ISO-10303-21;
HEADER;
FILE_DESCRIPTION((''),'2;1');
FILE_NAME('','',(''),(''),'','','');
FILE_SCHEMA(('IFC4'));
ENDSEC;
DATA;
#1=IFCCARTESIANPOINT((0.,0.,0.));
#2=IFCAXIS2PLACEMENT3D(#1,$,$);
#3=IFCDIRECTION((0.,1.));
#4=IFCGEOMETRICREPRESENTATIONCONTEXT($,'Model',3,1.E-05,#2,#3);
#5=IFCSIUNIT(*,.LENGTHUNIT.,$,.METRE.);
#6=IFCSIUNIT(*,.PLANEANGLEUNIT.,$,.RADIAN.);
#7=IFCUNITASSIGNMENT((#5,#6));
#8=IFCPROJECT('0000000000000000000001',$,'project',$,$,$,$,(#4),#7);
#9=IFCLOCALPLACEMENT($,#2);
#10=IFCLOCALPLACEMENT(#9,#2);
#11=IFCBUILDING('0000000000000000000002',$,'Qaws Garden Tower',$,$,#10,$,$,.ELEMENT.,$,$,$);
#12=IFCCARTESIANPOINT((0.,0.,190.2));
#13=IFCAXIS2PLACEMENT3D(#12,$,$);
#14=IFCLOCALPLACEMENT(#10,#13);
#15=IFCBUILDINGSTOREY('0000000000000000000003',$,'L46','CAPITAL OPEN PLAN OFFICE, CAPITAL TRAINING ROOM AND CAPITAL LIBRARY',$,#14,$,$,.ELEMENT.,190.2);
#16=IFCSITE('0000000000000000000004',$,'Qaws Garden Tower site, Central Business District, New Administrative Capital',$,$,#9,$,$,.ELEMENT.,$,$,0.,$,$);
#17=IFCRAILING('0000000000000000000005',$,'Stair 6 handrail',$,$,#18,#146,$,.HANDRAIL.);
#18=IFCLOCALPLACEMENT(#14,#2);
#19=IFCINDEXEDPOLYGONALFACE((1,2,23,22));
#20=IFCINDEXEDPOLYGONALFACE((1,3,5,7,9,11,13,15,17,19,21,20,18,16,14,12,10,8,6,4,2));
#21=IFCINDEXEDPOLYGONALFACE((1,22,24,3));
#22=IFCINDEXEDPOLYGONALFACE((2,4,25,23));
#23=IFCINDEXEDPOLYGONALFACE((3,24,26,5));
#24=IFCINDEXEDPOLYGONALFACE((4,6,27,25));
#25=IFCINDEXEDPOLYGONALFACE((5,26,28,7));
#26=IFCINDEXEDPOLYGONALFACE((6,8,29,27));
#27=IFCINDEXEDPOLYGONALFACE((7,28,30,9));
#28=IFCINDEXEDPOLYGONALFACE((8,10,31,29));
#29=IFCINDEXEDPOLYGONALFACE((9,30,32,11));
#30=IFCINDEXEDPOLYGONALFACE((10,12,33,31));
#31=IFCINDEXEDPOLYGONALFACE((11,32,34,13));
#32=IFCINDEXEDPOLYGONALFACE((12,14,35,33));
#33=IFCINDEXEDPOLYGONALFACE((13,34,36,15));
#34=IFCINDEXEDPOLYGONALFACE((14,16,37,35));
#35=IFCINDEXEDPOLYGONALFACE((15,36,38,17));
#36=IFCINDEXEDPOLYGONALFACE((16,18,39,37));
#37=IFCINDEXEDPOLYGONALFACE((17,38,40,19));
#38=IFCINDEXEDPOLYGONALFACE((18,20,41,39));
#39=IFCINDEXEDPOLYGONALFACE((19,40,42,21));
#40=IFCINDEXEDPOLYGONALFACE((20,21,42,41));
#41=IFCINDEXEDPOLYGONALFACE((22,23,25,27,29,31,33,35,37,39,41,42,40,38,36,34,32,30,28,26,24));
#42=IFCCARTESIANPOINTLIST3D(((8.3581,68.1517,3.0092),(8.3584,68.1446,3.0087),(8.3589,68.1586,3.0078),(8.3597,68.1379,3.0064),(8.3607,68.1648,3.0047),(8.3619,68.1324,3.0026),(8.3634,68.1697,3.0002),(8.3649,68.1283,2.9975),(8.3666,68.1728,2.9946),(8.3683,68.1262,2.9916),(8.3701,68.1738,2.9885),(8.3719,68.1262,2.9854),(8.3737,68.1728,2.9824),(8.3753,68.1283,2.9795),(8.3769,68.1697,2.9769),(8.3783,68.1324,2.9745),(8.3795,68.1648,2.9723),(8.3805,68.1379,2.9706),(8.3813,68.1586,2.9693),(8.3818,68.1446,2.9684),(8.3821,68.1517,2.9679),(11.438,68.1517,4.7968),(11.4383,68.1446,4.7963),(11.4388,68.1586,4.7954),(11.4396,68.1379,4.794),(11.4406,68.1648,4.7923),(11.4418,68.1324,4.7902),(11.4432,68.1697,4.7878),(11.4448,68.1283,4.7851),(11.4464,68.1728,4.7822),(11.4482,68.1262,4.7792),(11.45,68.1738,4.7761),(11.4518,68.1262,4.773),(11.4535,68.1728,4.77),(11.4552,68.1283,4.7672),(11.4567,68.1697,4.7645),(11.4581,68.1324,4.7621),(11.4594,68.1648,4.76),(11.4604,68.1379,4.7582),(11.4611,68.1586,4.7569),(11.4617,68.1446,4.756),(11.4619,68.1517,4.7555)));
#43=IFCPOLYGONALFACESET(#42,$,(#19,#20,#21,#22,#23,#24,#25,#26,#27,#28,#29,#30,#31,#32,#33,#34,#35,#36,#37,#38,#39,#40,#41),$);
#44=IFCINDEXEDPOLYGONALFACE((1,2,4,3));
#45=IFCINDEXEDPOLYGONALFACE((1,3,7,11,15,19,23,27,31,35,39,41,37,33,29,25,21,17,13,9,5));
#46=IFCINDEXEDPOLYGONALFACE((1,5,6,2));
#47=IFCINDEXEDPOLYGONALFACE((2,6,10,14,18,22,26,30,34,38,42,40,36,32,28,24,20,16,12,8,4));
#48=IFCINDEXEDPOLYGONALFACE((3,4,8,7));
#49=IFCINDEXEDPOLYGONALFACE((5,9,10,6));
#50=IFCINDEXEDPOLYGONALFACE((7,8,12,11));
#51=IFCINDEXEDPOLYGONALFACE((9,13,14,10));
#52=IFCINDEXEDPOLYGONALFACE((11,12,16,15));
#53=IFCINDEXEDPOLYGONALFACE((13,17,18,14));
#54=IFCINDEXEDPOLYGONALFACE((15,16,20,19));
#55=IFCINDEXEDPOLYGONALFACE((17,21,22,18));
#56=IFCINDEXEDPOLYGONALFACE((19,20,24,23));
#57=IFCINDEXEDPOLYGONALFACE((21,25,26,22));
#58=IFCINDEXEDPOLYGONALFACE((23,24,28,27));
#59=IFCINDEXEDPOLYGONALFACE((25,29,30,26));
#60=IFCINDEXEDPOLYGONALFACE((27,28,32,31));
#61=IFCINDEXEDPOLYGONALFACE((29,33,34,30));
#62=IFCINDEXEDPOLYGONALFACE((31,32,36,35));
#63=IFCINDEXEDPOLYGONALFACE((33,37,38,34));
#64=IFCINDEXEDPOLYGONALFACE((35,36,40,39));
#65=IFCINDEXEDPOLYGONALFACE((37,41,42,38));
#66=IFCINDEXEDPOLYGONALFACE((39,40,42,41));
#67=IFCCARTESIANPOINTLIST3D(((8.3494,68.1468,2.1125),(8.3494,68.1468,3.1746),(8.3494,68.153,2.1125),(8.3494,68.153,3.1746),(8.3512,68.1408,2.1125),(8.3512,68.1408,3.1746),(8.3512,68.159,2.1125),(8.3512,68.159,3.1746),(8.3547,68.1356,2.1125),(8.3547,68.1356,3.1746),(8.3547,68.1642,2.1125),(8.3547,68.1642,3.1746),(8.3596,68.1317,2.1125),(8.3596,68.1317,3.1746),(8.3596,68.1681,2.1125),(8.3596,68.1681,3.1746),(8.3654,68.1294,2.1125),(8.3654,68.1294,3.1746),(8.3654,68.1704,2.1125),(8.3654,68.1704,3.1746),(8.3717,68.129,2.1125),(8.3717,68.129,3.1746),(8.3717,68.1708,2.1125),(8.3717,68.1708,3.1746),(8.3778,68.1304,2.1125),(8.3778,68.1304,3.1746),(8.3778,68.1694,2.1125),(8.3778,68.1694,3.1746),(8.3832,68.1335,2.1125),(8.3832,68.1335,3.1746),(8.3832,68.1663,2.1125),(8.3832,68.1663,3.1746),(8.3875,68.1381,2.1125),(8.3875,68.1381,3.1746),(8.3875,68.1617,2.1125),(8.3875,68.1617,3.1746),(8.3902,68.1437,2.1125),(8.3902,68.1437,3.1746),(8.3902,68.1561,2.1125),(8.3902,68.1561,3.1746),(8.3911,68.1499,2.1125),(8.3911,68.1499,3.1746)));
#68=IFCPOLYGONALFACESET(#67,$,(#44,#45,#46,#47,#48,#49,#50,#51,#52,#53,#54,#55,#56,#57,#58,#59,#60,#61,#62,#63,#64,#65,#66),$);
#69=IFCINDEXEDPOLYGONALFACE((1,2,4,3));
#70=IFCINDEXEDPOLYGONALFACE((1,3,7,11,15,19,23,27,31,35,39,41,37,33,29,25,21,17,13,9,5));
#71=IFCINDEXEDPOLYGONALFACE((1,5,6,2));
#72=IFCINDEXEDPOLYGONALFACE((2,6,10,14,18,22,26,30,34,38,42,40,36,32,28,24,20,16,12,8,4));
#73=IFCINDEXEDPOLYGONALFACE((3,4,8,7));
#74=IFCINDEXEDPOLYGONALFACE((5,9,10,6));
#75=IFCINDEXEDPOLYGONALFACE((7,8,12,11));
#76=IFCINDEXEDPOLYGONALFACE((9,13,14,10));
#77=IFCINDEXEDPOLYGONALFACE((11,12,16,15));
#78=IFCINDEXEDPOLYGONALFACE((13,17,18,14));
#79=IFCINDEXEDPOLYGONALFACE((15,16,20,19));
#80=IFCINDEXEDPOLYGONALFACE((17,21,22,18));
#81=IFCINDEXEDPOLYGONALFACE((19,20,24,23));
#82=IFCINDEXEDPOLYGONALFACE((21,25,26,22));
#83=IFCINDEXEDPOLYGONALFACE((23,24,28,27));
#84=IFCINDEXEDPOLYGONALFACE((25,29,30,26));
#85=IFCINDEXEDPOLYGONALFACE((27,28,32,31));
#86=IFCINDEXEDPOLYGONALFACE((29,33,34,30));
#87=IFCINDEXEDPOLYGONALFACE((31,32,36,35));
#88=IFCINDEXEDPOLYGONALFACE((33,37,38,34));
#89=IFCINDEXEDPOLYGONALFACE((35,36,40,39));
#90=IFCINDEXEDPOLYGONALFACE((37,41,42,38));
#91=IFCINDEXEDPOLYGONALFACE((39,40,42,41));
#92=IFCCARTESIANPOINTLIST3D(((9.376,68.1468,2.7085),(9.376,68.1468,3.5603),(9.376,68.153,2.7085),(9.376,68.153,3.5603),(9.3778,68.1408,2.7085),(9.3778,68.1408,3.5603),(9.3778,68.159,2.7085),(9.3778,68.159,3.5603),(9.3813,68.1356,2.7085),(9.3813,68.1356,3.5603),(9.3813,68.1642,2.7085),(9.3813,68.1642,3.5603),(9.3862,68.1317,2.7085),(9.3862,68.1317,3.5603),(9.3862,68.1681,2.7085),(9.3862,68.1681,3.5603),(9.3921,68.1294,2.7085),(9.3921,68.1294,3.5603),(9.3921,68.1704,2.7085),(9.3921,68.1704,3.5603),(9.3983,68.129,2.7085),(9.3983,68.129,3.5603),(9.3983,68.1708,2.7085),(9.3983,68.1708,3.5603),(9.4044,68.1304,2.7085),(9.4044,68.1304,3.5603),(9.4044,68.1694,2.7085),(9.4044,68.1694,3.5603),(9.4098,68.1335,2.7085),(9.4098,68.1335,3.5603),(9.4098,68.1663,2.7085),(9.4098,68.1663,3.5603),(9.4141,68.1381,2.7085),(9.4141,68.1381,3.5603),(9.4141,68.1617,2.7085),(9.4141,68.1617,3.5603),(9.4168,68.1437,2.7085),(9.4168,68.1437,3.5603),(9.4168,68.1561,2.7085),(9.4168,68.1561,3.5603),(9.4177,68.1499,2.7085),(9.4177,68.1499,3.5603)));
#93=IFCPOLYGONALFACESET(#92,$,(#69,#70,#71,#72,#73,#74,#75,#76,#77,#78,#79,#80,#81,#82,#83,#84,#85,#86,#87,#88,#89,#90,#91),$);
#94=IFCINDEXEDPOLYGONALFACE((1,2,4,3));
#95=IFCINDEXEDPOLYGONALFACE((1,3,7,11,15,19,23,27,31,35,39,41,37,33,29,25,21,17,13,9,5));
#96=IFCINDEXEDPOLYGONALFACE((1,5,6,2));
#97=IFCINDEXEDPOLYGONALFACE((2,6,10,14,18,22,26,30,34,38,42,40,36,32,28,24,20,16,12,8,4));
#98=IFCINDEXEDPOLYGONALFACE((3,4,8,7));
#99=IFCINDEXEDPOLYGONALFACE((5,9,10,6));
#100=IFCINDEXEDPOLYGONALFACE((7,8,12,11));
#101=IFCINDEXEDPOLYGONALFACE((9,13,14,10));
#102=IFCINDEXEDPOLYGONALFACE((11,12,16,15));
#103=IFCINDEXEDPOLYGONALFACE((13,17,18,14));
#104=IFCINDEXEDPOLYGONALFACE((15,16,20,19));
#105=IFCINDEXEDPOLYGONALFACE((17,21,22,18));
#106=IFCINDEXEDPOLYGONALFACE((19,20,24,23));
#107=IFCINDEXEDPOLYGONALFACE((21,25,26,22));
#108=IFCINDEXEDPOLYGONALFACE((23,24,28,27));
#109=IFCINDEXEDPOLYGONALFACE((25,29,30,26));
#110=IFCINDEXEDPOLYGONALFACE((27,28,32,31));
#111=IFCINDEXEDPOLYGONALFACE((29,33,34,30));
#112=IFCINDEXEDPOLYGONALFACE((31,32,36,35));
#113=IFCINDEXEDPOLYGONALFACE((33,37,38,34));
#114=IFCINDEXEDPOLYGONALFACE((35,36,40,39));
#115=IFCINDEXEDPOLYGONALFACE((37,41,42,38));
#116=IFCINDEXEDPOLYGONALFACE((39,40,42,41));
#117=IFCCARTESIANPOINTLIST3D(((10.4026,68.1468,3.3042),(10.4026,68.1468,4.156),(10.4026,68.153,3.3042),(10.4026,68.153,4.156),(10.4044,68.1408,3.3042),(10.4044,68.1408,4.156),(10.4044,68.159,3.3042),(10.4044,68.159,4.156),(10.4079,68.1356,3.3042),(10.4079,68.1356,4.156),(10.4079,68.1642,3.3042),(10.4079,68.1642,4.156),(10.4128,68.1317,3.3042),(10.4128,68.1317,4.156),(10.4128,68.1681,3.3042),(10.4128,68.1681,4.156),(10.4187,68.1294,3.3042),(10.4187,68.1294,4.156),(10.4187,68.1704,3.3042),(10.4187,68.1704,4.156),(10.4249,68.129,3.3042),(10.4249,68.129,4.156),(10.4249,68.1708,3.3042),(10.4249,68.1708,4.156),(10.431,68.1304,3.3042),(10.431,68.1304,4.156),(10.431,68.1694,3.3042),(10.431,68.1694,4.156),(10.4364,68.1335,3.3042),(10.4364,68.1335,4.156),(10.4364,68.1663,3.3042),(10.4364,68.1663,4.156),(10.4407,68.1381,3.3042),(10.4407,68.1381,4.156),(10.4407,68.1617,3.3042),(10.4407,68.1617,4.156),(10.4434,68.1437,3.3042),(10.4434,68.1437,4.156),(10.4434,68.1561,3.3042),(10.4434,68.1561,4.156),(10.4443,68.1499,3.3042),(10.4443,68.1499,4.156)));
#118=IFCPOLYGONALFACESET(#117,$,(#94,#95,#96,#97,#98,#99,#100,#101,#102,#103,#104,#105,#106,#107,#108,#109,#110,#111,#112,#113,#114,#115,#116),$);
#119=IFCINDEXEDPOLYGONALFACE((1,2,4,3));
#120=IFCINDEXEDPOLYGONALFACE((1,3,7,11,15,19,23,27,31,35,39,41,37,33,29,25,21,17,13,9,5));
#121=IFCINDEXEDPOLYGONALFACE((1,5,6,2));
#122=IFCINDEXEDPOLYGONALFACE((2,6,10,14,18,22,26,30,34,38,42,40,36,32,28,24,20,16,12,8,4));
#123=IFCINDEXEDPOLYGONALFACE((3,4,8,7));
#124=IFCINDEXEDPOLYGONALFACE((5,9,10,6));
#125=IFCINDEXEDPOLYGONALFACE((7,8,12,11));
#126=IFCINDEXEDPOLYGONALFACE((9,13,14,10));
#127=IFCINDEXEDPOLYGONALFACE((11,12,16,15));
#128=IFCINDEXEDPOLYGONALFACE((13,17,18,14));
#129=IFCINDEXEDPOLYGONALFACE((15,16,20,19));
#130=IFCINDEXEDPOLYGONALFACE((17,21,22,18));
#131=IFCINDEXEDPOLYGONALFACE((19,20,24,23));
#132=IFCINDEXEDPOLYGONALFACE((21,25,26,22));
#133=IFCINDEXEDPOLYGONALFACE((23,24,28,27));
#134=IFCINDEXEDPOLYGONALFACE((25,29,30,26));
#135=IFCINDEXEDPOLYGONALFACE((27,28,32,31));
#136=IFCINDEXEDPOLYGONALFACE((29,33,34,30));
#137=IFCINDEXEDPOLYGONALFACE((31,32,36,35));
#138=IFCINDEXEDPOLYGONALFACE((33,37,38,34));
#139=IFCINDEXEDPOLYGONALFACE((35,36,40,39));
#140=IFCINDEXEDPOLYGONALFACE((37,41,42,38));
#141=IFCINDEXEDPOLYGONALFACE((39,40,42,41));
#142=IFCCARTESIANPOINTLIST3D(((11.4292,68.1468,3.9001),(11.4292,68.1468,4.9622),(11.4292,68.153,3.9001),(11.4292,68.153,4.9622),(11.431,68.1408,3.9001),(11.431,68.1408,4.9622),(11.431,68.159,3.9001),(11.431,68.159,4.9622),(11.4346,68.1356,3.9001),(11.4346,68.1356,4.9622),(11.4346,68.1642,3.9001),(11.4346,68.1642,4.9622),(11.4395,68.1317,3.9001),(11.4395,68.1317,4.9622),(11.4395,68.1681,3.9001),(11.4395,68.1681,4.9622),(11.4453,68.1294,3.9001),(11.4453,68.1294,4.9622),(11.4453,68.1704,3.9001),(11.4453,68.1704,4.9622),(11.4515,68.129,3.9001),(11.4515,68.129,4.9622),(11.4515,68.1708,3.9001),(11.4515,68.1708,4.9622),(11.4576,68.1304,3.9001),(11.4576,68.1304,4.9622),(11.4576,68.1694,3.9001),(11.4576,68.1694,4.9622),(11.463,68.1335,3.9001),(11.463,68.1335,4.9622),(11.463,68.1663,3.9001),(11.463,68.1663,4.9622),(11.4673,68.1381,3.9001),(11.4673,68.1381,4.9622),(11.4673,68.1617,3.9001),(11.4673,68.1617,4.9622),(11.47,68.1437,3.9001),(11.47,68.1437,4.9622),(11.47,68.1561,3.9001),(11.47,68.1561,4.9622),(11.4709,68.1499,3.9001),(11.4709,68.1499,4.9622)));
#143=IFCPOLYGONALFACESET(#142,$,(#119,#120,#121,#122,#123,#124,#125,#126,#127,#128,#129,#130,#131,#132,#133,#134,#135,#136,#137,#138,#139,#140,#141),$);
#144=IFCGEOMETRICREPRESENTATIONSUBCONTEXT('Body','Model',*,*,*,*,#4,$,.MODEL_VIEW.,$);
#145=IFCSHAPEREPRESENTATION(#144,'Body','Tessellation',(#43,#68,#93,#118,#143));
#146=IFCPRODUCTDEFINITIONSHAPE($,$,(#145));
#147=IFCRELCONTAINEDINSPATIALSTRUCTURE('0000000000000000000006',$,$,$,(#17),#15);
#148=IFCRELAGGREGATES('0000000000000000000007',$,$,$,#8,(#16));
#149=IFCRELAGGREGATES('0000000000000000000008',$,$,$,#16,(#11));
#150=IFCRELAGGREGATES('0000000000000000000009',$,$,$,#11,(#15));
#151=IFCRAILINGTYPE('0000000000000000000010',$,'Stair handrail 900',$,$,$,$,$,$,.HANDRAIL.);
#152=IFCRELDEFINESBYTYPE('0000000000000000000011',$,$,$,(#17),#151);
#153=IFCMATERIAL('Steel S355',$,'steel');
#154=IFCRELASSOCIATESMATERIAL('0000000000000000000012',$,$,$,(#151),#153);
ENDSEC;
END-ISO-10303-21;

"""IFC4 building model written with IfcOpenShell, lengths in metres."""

from ifc_helpers import new_model, si_unit, direction, frame, origin, origin_2d, place, context, subcontext, project, spatial, circle, extrude, material, type_object, element, save


model = new_model("IFC4")

# Units and contexts
model_context = context("Model", 3, precision=1e-05, world=origin(), true_north=direction((0.0, 1.0)))
body_context = subcontext(model_context, "Body", "Model", "MODEL_VIEW")
ifc_project = project(units=[si_unit("LENGTHUNIT", "METRE"), si_unit("PLANEANGLEUNIT", "RADIAN")], contexts=[model_context])

# Site, building, storey
site_placement = place(None, origin())
site = spatial("IfcSite", under=ifc_project, at=site_placement, Name="Qaws Garden Tower site, Central Business District, New Administrative Capital", CompositionType="ELEMENT", RefElevation=0.0)
building_placement = place(site_placement, origin())
building = spatial("IfcBuilding", under=site, at=building_placement, Name="Qaws Garden Tower", CompositionType="ELEMENT")
storey_placement = place(building_placement, frame((0.0, 0.0, 190.2)))
storey = spatial("IfcBuildingStorey", under=building, at=storey_placement, Name="L46", Description="CAPITAL OPEN PLAN OFFICE, CAPITAL TRAINING ROOM AND CAPITAL LIBRARY", CompositionType="ELEMENT", Elevation=190.2)

# Railing
ifc_material_1 = material(Name="Steel S355", Category="steel")
railing_type = type_object("IfcRailingType", Name="Stair handrail 900", PredefinedType="HANDRAIL", material=ifc_material_1)
railing_1_placement = place(storey_placement, frame((8.3701, 68.1499, 2.1125)))
element("IfcRailing", 1, at=railing_1_placement, inside=storey, type_object=railing_type, Name="Stair 6 handrail", PredefinedType="HANDRAIL", context=body_context, shape_type="SweptSolid", body=[
    extrude(circle(Radius=0.0239, at=origin_2d()), frame((0.0, 0.0, 0.876), z_axis=(0.864873, 0.0, 0.50199), x_axis=(0.0, 1.0, 0.0)), (0.0, 0.0, 1.0), 3.561),
    extrude(circle(Radius=0.021, at=origin_2d()), origin(), (0.0, 0.0, 1.0), 1.062),
    extrude(circle(Radius=0.021, at=origin_2d()), frame((1.0266, 0.0, 0.5959)), (0.0, 0.0, 1.0), 0.8518),
    extrude(circle(Radius=0.021, at=origin_2d()), frame((2.0532, 0.0, 1.1917)), (0.0, 0.0, 1.0), 0.8518),
    extrude(circle(Radius=0.021, at=origin_2d()), frame((3.0798, 0.0, 1.7876)), (0.0, 0.0, 1.0), 1.062),
])

save(model, "model.ifc")
